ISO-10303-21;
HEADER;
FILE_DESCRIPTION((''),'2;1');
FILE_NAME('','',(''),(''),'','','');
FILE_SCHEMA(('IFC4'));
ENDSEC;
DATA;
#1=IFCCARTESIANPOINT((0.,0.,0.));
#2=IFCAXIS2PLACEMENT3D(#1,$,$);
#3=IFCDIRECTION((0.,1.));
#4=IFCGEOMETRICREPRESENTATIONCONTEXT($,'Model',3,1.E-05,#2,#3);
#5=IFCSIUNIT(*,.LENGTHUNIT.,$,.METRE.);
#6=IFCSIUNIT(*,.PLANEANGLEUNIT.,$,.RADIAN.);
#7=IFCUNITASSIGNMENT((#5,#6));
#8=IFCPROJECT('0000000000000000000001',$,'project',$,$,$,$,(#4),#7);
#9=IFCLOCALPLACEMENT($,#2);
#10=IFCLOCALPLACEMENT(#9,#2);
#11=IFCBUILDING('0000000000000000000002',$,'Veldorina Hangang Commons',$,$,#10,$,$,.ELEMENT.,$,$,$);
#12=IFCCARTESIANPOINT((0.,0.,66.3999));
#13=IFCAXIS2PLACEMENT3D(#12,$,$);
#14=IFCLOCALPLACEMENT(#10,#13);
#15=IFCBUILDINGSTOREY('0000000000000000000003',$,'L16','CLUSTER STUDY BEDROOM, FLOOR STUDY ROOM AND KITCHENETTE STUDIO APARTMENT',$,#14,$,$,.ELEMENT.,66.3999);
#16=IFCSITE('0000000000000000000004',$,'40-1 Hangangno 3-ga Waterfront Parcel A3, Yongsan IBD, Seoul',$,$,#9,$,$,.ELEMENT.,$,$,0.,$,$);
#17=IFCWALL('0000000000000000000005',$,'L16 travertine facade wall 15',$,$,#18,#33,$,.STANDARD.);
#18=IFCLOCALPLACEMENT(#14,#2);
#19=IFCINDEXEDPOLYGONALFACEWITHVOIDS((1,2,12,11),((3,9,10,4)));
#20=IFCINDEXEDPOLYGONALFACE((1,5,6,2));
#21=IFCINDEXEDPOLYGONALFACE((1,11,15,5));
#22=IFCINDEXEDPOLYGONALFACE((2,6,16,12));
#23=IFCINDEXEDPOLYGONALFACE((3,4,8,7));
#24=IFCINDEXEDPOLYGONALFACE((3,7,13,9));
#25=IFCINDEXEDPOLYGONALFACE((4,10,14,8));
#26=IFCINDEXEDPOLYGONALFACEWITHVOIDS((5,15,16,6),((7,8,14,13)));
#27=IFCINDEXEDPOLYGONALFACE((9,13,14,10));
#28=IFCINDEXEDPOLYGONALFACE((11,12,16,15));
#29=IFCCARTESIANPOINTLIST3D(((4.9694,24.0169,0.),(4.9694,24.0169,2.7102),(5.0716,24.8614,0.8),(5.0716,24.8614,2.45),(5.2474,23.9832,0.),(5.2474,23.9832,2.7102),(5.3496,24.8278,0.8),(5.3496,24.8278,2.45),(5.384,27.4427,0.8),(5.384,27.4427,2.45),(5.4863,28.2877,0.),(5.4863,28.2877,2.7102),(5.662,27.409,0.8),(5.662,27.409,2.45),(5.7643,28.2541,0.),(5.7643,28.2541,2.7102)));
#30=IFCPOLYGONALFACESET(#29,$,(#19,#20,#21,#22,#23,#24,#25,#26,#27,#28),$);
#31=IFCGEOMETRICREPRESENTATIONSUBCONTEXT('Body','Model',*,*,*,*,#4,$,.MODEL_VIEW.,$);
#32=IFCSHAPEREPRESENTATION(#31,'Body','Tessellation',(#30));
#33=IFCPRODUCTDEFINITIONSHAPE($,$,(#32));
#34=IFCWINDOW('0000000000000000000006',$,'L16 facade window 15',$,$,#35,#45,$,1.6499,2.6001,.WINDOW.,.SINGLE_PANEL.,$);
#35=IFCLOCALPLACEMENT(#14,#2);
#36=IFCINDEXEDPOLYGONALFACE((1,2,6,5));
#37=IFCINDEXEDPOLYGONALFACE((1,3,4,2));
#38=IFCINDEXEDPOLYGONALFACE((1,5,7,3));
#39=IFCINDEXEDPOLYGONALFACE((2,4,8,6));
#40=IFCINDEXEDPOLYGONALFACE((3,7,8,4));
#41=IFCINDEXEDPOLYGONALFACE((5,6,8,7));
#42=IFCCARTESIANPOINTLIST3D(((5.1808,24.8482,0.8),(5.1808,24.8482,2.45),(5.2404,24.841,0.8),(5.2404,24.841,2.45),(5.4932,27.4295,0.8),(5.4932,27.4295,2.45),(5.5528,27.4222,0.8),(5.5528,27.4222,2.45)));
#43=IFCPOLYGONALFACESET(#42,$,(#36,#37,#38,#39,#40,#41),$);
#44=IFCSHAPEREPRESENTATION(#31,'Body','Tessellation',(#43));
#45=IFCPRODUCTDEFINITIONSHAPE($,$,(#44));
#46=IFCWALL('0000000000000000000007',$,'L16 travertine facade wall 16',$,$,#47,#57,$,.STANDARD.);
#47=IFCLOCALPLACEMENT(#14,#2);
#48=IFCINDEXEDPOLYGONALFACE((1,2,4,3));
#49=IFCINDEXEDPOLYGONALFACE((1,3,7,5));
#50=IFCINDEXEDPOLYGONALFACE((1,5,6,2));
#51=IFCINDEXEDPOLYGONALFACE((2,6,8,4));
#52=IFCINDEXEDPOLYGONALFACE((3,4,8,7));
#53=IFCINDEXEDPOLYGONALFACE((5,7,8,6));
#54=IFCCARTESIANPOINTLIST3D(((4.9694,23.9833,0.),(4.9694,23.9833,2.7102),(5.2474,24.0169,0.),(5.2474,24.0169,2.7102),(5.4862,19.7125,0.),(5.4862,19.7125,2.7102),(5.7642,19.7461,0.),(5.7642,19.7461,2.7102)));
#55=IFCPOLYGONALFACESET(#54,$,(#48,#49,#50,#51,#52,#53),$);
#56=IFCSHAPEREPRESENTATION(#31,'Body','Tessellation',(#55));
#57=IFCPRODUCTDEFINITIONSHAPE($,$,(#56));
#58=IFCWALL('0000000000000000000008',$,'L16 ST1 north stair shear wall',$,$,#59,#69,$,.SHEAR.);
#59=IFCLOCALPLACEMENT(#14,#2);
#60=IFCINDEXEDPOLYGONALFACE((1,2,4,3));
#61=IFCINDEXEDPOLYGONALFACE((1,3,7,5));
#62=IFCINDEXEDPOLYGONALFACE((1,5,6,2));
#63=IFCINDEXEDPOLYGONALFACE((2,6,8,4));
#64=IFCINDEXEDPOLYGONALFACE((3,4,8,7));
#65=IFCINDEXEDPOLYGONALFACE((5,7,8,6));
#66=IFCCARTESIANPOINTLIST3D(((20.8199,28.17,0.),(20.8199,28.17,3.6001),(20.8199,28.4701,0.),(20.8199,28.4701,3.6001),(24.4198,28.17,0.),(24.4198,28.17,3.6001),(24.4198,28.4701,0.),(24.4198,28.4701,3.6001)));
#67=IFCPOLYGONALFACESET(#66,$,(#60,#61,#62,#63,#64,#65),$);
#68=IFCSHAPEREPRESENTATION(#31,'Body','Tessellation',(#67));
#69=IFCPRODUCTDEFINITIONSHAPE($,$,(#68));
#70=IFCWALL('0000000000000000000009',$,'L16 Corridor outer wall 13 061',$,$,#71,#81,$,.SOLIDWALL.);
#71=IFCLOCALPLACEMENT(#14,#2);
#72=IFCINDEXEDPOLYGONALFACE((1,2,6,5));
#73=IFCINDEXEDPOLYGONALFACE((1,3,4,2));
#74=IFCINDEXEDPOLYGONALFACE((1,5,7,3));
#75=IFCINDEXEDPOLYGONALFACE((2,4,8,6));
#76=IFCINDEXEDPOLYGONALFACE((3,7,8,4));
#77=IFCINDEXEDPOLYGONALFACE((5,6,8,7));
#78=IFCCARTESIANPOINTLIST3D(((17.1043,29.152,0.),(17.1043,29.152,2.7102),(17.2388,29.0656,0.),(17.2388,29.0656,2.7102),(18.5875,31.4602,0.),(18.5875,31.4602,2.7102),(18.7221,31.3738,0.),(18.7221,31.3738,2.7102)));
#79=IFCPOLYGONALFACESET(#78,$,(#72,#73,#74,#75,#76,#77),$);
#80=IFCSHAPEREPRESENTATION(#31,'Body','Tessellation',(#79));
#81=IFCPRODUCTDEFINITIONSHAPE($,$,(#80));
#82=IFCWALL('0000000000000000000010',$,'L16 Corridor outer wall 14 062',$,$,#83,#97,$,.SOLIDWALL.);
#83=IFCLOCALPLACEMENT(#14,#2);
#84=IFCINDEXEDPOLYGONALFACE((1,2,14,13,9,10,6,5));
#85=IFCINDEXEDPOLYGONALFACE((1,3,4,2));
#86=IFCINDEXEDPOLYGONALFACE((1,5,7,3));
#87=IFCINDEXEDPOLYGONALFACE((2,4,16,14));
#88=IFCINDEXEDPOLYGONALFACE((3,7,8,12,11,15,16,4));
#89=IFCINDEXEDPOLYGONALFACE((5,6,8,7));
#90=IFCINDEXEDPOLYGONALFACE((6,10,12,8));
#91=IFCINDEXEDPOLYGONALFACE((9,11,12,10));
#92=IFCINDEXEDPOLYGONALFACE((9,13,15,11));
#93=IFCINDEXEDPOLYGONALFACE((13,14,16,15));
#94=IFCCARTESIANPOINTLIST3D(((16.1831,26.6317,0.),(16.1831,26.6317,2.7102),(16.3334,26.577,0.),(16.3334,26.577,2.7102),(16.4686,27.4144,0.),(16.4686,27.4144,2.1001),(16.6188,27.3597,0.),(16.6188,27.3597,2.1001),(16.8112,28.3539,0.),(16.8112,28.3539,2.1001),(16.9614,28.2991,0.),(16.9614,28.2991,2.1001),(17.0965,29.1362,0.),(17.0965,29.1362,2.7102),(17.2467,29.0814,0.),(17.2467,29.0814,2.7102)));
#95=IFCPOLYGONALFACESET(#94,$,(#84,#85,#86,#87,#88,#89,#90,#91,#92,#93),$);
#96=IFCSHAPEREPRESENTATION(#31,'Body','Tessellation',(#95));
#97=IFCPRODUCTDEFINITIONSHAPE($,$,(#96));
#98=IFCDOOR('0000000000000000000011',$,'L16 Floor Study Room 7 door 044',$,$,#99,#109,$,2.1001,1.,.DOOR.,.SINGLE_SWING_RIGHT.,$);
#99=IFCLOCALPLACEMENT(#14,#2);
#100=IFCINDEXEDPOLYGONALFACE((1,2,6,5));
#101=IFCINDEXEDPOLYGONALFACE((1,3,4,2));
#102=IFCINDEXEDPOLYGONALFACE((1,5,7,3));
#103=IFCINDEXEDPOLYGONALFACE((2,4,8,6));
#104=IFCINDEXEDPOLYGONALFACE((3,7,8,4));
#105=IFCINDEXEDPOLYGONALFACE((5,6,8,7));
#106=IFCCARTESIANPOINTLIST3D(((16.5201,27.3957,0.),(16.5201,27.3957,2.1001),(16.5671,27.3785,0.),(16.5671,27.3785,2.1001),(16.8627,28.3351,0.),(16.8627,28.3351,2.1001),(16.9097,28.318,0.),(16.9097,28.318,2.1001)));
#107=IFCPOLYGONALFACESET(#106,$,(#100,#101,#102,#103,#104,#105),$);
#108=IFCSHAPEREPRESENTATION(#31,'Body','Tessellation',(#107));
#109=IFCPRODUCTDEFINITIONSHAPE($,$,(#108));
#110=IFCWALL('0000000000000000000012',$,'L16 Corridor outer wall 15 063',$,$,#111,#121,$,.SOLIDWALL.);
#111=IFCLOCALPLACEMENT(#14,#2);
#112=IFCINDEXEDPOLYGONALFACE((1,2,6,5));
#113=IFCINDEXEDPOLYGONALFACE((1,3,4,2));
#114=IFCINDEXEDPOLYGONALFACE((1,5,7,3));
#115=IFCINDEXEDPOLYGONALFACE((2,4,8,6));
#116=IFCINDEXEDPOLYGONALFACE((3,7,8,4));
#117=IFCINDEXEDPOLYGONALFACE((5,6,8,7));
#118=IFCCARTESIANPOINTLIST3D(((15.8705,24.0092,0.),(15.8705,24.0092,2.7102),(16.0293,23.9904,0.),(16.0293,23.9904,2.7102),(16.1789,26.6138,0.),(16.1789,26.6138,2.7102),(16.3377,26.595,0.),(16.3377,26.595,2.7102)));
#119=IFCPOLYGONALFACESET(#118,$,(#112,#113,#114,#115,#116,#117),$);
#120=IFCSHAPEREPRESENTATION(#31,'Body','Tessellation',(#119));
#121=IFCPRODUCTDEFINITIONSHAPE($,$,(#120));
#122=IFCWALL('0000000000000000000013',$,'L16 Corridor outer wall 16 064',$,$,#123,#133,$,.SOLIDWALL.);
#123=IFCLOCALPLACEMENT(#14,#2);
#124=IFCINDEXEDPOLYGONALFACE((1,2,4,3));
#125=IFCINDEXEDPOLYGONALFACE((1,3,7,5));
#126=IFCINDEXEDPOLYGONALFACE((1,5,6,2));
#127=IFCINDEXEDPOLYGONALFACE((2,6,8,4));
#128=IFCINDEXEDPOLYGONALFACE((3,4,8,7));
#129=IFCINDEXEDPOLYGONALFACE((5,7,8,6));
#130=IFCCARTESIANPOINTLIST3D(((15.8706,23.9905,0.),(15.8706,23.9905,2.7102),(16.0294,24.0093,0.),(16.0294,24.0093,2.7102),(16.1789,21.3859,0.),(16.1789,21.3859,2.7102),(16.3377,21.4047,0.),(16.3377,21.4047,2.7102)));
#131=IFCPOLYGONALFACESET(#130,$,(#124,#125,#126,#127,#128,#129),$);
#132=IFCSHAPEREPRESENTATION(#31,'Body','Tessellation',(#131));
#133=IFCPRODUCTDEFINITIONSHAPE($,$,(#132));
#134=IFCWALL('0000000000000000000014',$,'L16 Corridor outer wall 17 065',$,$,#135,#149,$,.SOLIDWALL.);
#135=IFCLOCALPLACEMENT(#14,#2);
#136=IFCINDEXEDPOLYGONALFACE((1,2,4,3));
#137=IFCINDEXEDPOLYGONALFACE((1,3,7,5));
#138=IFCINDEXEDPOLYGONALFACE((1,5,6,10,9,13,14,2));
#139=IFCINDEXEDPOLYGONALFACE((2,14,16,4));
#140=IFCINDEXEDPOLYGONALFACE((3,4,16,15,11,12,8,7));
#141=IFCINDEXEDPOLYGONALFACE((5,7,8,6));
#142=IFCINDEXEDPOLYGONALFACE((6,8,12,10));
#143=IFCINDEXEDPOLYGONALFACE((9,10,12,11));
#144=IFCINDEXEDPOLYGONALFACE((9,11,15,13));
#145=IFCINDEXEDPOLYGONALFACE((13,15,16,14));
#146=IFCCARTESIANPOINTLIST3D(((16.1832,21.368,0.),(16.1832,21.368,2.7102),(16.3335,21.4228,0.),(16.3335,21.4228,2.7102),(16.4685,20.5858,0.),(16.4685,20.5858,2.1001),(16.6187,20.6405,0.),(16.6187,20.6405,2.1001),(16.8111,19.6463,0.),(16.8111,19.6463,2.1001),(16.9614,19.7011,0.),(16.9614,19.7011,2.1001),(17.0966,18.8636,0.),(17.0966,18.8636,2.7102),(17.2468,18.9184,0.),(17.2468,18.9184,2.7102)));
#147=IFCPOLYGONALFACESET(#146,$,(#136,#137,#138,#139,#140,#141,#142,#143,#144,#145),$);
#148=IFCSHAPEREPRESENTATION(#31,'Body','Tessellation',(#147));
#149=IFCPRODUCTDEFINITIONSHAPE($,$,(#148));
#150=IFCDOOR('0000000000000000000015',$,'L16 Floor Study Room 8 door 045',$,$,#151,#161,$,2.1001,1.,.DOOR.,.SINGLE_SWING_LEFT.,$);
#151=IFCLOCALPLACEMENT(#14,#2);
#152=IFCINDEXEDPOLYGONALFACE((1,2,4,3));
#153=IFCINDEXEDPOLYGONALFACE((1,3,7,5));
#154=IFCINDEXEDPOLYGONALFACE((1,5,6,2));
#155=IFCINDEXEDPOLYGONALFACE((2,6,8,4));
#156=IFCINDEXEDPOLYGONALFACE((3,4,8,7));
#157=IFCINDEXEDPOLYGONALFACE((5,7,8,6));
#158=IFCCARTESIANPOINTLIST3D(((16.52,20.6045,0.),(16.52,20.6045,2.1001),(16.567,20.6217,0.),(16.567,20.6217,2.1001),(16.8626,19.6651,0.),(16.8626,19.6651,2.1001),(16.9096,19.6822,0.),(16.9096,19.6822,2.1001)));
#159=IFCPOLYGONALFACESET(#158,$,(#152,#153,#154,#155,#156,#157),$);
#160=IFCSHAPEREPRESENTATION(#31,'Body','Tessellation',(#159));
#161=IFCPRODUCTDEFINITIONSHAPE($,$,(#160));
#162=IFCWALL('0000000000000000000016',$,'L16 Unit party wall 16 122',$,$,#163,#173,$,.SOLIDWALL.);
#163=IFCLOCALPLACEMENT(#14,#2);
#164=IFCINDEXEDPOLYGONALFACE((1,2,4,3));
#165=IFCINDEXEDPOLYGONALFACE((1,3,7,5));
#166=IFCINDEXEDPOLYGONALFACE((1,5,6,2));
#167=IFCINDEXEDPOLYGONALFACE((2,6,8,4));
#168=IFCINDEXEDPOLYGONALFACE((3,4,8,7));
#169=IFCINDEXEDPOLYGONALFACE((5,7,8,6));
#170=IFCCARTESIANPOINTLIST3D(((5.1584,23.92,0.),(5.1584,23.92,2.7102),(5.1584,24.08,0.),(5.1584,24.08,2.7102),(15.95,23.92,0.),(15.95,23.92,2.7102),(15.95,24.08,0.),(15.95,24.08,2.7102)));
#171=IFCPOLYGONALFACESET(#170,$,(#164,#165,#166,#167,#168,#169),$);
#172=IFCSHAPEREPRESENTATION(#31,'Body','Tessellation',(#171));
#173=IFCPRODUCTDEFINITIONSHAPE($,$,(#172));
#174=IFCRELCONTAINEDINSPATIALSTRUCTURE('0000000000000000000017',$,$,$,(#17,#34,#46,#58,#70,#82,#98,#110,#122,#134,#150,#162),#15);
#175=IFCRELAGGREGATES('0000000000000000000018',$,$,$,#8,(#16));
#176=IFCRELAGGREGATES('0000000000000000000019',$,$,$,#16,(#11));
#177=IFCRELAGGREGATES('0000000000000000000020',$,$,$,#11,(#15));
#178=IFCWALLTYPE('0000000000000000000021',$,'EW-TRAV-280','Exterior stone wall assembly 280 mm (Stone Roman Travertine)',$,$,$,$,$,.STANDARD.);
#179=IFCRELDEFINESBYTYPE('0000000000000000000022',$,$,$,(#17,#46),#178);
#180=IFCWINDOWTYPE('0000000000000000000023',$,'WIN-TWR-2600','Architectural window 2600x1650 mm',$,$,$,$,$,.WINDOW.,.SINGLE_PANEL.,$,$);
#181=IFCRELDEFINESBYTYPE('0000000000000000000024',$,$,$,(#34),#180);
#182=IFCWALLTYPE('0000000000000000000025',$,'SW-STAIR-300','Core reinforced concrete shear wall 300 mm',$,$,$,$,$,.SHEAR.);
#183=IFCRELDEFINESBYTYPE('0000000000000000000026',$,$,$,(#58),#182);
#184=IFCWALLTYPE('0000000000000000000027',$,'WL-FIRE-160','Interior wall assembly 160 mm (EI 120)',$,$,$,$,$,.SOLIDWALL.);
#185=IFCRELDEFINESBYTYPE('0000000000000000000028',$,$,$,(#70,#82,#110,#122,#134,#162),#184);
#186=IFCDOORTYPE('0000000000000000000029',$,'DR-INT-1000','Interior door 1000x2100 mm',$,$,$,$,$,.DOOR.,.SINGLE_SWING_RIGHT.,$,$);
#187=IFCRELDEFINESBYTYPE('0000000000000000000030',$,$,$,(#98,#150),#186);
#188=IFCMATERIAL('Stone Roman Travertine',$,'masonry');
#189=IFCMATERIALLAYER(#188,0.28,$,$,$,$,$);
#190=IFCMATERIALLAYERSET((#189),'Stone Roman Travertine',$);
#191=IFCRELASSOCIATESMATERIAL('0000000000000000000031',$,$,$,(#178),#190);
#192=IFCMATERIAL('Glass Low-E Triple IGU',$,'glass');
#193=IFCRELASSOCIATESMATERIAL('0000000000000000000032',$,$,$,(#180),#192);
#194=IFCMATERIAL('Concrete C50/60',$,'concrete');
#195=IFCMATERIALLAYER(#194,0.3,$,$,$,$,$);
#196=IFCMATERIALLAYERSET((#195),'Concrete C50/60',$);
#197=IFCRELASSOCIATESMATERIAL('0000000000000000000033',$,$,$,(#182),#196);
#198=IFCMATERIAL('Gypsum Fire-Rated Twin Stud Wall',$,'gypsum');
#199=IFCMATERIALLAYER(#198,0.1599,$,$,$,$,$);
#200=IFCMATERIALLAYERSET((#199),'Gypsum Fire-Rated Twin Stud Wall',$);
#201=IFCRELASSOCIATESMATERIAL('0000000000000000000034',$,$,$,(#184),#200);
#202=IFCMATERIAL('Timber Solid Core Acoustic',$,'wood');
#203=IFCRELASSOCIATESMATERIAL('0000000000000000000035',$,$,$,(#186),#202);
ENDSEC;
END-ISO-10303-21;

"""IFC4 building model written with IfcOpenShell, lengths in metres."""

from ifc_helpers import new_model, si_unit, direction, frame, frame_2d, origin, place, context, subcontext, project, spatial, rectangle, extrude, material, layer, layer_set, type_object, element, fill, save


model = new_model("IFC4")

# Units and contexts
model_context = context("Model", 3, precision=1e-05, world=origin(), true_north=direction((0.0, 1.0)))
body_context = subcontext(model_context, "Body", "Model", "MODEL_VIEW")
ifc_project = project(units=[si_unit("LENGTHUNIT", "METRE"), si_unit("PLANEANGLEUNIT", "RADIAN")], contexts=[model_context])

# Site, building, storey
site_placement = place(None, origin())
site = spatial("IfcSite", under=ifc_project, at=site_placement, Name="40-1 Hangangno 3-ga Waterfront Parcel A3, Yongsan IBD, Seoul", CompositionType="ELEMENT", RefElevation=0.0)
building_placement = place(site_placement, origin())
building = spatial("IfcBuilding", under=site, at=building_placement, Name="Veldorina Hangang Commons", CompositionType="ELEMENT")
storey_placement = place(building_placement, frame((0.0, 0.0, 66.3999)))
storey = spatial("IfcBuildingStorey", under=building, at=storey_placement, Name="L16", Description="CLUSTER STUDY BEDROOM, FLOOR STUDY ROOM AND KITCHENETTE STUDIO APARTMENT", CompositionType="ELEMENT", Elevation=66.3999)

# Wall, opening, window
ifc_material_1 = material(Name="Stone Roman Travertine", Category="masonry")
ifc_layer_1 = layer(ifc_material_1, 0.28)
ifc_layer_set_1 = layer_set([ifc_layer_1], Name="Stone Roman Travertine")
wall_type_1 = type_object("IfcWallType", Name="EW-TRAV-280", Description="Exterior stone wall assembly 280 mm (Stone Roman Travertine)", PredefinedType="STANDARD", material=ifc_layer_set_1)
wall_1_placement = place(storey_placement, frame((5.6252, 28.2708, 0.0), z_axis=(0.0, 0.0, 1.0), x_axis=(-0.120143, -0.992757, 0.0)))
wall_1 = element("IfcWall", 1, at=wall_1_placement, inside=storey, type_object=wall_type_1, Name="L16 travertine facade wall 15", PredefinedType="STANDARD", context=body_context, shape_type="SweptSolid", body=[
    extrude(rectangle(XDim=4.302, YDim=0.28, at=frame_2d((2.1509, 0.0))), origin(), (0.0, 0.0, 1.0), 2.7102),
])
opening_1_placement = place(wall_1_placement, frame((0.8511, 0.0, 0.8)))
opening_1 = element("IfcOpeningElement", 2, at=opening_1_placement, cuts=wall_1, PredefinedType="OPENING", context=body_context, shape_type="SweptSolid", body=[
    extrude(rectangle(XDim=2.6001, YDim=1.6499, at=frame_2d((1.3, 0.825))), frame((0.0, 0.1499, 0.0), z_axis=(0.0, -1.0, 0.0), x_axis=(1.0, 0.0, 0.0)), (0.0, 0.0, 1.0), 0.3),
])
ifc_material_2 = material(Name="Glass Low-E Triple IGU", Category="glass")
window_type = type_object("IfcWindowType", Name="WIN-TWR-2600", Description="Architectural window 2600x1650 mm", PartitioningType="SINGLE_PANEL", PredefinedType="WINDOW", material=ifc_material_2)
window_placement = place(opening_1_placement, origin())
window = element("IfcWindow", 3, at=window_placement, inside=storey, type_object=window_type, Name="L16 facade window 15", OverallHeight=1.6499, OverallWidth=2.6001, PartitioningType="SINGLE_PANEL", PredefinedType="WINDOW", context=body_context, shape_type="SweptSolid", body=[
    extrude(rectangle(XDim=2.6001, YDim=1.6499, at=frame_2d((1.3, 0.825))), frame((0.0, 0.03, 0.0), z_axis=(0.0, -1.0, 0.0), x_axis=(1.0, 0.0, 0.0)), (0.0, 0.0, 1.0), 0.0601),
])
fill(opening_1, window)

# Walls
wall_2_placement = place(storey_placement, frame((5.1084, 24.0, 0.0), z_axis=(0.0, 0.0, 1.0), x_axis=(0.120143, -0.992757, 0.0)))
element("IfcWall", 4, at=wall_2_placement, inside=storey, type_object=wall_type_1, Name="L16 travertine facade wall 16", PredefinedType="STANDARD", context=body_context, shape_type="SweptSolid", body=[
    extrude(rectangle(XDim=4.302, YDim=0.28, at=frame_2d((2.1509, 0.0))), origin(), (0.0, 0.0, 1.0), 2.7102),
])
ifc_material_3 = material(Name="Concrete C50/60", Category="concrete")
ifc_layer_2 = layer(ifc_material_3, 0.3)
ifc_layer_set_2 = layer_set([ifc_layer_2], Name="Concrete C50/60")
wall_type_2 = type_object("IfcWallType", Name="SW-STAIR-300", Description="Core reinforced concrete shear wall 300 mm", PredefinedType="SHEAR", material=ifc_layer_set_2)
wall_3_placement = place(storey_placement, frame((20.8201, 28.3201, 0.0), z_axis=(0.0, 0.0, 1.0), x_axis=(1.0, 0.0, 0.0)))
element("IfcWall", 5, at=wall_3_placement, inside=storey, type_object=wall_type_2, Name="L16 ST1 north stair shear wall", PredefinedType="SHEAR", context=body_context, shape_type="SweptSolid", body=[
    extrude(rectangle(XDim=3.5999, YDim=0.3, at=frame_2d((1.7998, 0.0))), origin(), (0.0, 0.0, 1.0), 3.6001),
])
ifc_material_4 = material(Name="Gypsum Fire-Rated Twin Stud Wall", Category="gypsum")
ifc_layer_3 = layer(ifc_material_4, 0.1599)
ifc_layer_set_3 = layer_set([ifc_layer_3], Name="Gypsum Fire-Rated Twin Stud Wall")
wall_type_3 = type_object("IfcWallType", Name="WL-FIRE-160", Description="Interior wall assembly 160 mm (EI 120)", PredefinedType="SOLIDWALL", material=ifc_layer_set_3)
wall_4_placement = place(storey_placement, frame((18.6548, 31.417, 0.0), z_axis=(0.0, 0.0, 1.0), x_axis=(-0.540596, -0.841283, 0.0)))
element("IfcWall", 6, at=wall_4_placement, inside=storey, type_object=wall_type_3, Name="L16 Corridor outer wall 13 061", PredefinedType="SOLIDWALL", context=body_context, shape_type="SweptSolid", body=[
    extrude(rectangle(XDim=2.7437, YDim=0.1599, at=frame_2d((1.3718, 0.0))), origin(), (0.0, 0.0, 1.0), 2.7102),
])

# Wall, opening, door
wall_5_placement = place(storey_placement, frame((17.1716, 29.1089, 0.0), z_axis=(0.0, 0.0, 1.0), x_axis=(-0.342618, -0.939475, 0.0)))
wall_5 = element("IfcWall", 7, at=wall_5_placement, inside=storey, type_object=wall_type_3, Name="L16 Corridor outer wall 14 062", PredefinedType="SOLIDWALL", context=body_context, shape_type="SweptSolid", body=[
    extrude(rectangle(XDim=2.6658, YDim=0.1599, at=frame_2d((1.333, 0.0))), origin(), (0.0, 0.0, 1.0), 2.7102),
])
opening_2_placement = place(wall_5_placement, frame((0.8328, 0.0, 0.0)))
opening_2 = element("IfcOpeningElement", 8, at=opening_2_placement, cuts=wall_5, PredefinedType="OPENING", context=body_context, shape_type="SweptSolid", body=[
    extrude(rectangle(XDim=1.0, YDim=2.1001, at=frame_2d((0.5, 1.05))), frame((0.0, 0.0898, 0.0), z_axis=(0.0, -1.0, 0.0), x_axis=(1.0, 0.0, 0.0)), (0.0, 0.0, 1.0), 0.1799),
])
ifc_material_5 = material(Name="Timber Solid Core Acoustic", Category="wood")
door_type_1 = type_object("IfcDoorType", Name="DR-INT-1000", Description="Interior door 1000x2100 mm", OperationType="SINGLE_SWING_RIGHT", PredefinedType="DOOR", material=ifc_material_5)
door_1_placement = place(opening_2_placement, origin())
door_1 = element("IfcDoor", 9, at=door_1_placement, inside=storey, type_object=door_type_1, Name="L16 Floor Study Room 7 door 044", OperationType="SINGLE_SWING_RIGHT", OverallHeight=2.1001, OverallWidth=1.0, PredefinedType="DOOR", context=body_context, shape_type="SweptSolid", body=[
    extrude(rectangle(XDim=1.0, YDim=2.1001, at=frame_2d((0.5, 1.05))), frame((0.0, 0.0249, 0.0), z_axis=(0.0, -1.0, 0.0), x_axis=(1.0, 0.0, 0.0)), (0.0, 0.0, 1.0), 0.05),
])
fill(opening_2, door_1)

# Walls
for number, where, z_axis, x_axis, name in (
    (10, (16.2583, 26.6045, 0.0), (0.0, 0.0, 1.0), (-0.11757, -0.993065, 0.0), "L16 Corridor outer wall 15 063"),
    (11, (15.95, 24.0, 0.0), (0.0, 0.0, 1.0), (0.11757, -0.993065, 0.0), "L16 Corridor outer wall 16 064"),
):
    element("IfcWall", number, at=place(storey_placement, frame(where, z_axis=z_axis, x_axis=x_axis)), inside=storey, type_object=wall_type_3, Name=name, PredefinedType="SOLIDWALL", context=body_context, shape_type="SweptSolid", body=[
        extrude(rectangle(XDim=2.6228, YDim=0.1599, at=frame_2d((1.3115, 0.0))), origin(), (0.0, 0.0, 1.0), 2.7102),
    ])

# Wall, opening, door
wall_6_placement = place(storey_placement, frame((16.2583, 21.3955, 0.0), z_axis=(0.0, 0.0, 1.0), x_axis=(0.342618, -0.939475, 0.0)))
wall_6 = element("IfcWall", 12, at=wall_6_placement, inside=storey, type_object=wall_type_3, Name="L16 Corridor outer wall 17 065", PredefinedType="SOLIDWALL", context=body_context, shape_type="SweptSolid", body=[
    extrude(rectangle(XDim=2.6658, YDim=0.1599, at=frame_2d((1.333, 0.0))), origin(), (0.0, 0.0, 1.0), 2.7102),
])
opening_3_placement = place(wall_6_placement, frame((0.8328, 0.0, 0.0)))
opening_3 = element("IfcOpeningElement", 13, at=opening_3_placement, cuts=wall_6, PredefinedType="OPENING", context=body_context, shape_type="SweptSolid", body=[
    extrude(rectangle(XDim=1.0, YDim=2.1001, at=frame_2d((0.5, 1.05))), frame((0.0, 0.0898, 0.0), z_axis=(0.0, -1.0, 0.0), x_axis=(1.0, 0.0, 0.0)), (0.0, 0.0, 1.0), 0.1799),
])
door_2_placement = place(opening_3_placement, origin())
door_2 = element("IfcDoor", 14, at=door_2_placement, inside=storey, type_object=door_type_1, Name="L16 Floor Study Room 8 door 045", OperationType="SINGLE_SWING_LEFT", OverallHeight=2.1001, OverallWidth=1.0, PredefinedType="DOOR", context=body_context, shape_type="SweptSolid", body=[
    extrude(rectangle(XDim=1.0, YDim=2.1001, at=frame_2d((0.5, 1.05))), frame((0.0, 0.0249, 0.0), z_axis=(0.0, -1.0, 0.0), x_axis=(1.0, 0.0, 0.0)), (0.0, 0.0, 1.0), 0.05),
])
fill(opening_3, door_2)

# Wall
wall_7_placement = place(storey_placement, frame((15.95, 24.0, 0.0), z_axis=(0.0, 0.0, 1.0), x_axis=(-1.0, 0.0, 0.0)))
element("IfcWall", 15, at=wall_7_placement, inside=storey, type_object=wall_type_3, Name="L16 Unit party wall 16 122", PredefinedType="SOLIDWALL", context=body_context, shape_type="SweptSolid", body=[
    extrude(rectangle(XDim=10.7915, YDim=0.1599, at=frame_2d((5.3958, 0.0))), origin(), (0.0, 0.0, 1.0), 2.7102),
])

save(model, "model.ifc")
